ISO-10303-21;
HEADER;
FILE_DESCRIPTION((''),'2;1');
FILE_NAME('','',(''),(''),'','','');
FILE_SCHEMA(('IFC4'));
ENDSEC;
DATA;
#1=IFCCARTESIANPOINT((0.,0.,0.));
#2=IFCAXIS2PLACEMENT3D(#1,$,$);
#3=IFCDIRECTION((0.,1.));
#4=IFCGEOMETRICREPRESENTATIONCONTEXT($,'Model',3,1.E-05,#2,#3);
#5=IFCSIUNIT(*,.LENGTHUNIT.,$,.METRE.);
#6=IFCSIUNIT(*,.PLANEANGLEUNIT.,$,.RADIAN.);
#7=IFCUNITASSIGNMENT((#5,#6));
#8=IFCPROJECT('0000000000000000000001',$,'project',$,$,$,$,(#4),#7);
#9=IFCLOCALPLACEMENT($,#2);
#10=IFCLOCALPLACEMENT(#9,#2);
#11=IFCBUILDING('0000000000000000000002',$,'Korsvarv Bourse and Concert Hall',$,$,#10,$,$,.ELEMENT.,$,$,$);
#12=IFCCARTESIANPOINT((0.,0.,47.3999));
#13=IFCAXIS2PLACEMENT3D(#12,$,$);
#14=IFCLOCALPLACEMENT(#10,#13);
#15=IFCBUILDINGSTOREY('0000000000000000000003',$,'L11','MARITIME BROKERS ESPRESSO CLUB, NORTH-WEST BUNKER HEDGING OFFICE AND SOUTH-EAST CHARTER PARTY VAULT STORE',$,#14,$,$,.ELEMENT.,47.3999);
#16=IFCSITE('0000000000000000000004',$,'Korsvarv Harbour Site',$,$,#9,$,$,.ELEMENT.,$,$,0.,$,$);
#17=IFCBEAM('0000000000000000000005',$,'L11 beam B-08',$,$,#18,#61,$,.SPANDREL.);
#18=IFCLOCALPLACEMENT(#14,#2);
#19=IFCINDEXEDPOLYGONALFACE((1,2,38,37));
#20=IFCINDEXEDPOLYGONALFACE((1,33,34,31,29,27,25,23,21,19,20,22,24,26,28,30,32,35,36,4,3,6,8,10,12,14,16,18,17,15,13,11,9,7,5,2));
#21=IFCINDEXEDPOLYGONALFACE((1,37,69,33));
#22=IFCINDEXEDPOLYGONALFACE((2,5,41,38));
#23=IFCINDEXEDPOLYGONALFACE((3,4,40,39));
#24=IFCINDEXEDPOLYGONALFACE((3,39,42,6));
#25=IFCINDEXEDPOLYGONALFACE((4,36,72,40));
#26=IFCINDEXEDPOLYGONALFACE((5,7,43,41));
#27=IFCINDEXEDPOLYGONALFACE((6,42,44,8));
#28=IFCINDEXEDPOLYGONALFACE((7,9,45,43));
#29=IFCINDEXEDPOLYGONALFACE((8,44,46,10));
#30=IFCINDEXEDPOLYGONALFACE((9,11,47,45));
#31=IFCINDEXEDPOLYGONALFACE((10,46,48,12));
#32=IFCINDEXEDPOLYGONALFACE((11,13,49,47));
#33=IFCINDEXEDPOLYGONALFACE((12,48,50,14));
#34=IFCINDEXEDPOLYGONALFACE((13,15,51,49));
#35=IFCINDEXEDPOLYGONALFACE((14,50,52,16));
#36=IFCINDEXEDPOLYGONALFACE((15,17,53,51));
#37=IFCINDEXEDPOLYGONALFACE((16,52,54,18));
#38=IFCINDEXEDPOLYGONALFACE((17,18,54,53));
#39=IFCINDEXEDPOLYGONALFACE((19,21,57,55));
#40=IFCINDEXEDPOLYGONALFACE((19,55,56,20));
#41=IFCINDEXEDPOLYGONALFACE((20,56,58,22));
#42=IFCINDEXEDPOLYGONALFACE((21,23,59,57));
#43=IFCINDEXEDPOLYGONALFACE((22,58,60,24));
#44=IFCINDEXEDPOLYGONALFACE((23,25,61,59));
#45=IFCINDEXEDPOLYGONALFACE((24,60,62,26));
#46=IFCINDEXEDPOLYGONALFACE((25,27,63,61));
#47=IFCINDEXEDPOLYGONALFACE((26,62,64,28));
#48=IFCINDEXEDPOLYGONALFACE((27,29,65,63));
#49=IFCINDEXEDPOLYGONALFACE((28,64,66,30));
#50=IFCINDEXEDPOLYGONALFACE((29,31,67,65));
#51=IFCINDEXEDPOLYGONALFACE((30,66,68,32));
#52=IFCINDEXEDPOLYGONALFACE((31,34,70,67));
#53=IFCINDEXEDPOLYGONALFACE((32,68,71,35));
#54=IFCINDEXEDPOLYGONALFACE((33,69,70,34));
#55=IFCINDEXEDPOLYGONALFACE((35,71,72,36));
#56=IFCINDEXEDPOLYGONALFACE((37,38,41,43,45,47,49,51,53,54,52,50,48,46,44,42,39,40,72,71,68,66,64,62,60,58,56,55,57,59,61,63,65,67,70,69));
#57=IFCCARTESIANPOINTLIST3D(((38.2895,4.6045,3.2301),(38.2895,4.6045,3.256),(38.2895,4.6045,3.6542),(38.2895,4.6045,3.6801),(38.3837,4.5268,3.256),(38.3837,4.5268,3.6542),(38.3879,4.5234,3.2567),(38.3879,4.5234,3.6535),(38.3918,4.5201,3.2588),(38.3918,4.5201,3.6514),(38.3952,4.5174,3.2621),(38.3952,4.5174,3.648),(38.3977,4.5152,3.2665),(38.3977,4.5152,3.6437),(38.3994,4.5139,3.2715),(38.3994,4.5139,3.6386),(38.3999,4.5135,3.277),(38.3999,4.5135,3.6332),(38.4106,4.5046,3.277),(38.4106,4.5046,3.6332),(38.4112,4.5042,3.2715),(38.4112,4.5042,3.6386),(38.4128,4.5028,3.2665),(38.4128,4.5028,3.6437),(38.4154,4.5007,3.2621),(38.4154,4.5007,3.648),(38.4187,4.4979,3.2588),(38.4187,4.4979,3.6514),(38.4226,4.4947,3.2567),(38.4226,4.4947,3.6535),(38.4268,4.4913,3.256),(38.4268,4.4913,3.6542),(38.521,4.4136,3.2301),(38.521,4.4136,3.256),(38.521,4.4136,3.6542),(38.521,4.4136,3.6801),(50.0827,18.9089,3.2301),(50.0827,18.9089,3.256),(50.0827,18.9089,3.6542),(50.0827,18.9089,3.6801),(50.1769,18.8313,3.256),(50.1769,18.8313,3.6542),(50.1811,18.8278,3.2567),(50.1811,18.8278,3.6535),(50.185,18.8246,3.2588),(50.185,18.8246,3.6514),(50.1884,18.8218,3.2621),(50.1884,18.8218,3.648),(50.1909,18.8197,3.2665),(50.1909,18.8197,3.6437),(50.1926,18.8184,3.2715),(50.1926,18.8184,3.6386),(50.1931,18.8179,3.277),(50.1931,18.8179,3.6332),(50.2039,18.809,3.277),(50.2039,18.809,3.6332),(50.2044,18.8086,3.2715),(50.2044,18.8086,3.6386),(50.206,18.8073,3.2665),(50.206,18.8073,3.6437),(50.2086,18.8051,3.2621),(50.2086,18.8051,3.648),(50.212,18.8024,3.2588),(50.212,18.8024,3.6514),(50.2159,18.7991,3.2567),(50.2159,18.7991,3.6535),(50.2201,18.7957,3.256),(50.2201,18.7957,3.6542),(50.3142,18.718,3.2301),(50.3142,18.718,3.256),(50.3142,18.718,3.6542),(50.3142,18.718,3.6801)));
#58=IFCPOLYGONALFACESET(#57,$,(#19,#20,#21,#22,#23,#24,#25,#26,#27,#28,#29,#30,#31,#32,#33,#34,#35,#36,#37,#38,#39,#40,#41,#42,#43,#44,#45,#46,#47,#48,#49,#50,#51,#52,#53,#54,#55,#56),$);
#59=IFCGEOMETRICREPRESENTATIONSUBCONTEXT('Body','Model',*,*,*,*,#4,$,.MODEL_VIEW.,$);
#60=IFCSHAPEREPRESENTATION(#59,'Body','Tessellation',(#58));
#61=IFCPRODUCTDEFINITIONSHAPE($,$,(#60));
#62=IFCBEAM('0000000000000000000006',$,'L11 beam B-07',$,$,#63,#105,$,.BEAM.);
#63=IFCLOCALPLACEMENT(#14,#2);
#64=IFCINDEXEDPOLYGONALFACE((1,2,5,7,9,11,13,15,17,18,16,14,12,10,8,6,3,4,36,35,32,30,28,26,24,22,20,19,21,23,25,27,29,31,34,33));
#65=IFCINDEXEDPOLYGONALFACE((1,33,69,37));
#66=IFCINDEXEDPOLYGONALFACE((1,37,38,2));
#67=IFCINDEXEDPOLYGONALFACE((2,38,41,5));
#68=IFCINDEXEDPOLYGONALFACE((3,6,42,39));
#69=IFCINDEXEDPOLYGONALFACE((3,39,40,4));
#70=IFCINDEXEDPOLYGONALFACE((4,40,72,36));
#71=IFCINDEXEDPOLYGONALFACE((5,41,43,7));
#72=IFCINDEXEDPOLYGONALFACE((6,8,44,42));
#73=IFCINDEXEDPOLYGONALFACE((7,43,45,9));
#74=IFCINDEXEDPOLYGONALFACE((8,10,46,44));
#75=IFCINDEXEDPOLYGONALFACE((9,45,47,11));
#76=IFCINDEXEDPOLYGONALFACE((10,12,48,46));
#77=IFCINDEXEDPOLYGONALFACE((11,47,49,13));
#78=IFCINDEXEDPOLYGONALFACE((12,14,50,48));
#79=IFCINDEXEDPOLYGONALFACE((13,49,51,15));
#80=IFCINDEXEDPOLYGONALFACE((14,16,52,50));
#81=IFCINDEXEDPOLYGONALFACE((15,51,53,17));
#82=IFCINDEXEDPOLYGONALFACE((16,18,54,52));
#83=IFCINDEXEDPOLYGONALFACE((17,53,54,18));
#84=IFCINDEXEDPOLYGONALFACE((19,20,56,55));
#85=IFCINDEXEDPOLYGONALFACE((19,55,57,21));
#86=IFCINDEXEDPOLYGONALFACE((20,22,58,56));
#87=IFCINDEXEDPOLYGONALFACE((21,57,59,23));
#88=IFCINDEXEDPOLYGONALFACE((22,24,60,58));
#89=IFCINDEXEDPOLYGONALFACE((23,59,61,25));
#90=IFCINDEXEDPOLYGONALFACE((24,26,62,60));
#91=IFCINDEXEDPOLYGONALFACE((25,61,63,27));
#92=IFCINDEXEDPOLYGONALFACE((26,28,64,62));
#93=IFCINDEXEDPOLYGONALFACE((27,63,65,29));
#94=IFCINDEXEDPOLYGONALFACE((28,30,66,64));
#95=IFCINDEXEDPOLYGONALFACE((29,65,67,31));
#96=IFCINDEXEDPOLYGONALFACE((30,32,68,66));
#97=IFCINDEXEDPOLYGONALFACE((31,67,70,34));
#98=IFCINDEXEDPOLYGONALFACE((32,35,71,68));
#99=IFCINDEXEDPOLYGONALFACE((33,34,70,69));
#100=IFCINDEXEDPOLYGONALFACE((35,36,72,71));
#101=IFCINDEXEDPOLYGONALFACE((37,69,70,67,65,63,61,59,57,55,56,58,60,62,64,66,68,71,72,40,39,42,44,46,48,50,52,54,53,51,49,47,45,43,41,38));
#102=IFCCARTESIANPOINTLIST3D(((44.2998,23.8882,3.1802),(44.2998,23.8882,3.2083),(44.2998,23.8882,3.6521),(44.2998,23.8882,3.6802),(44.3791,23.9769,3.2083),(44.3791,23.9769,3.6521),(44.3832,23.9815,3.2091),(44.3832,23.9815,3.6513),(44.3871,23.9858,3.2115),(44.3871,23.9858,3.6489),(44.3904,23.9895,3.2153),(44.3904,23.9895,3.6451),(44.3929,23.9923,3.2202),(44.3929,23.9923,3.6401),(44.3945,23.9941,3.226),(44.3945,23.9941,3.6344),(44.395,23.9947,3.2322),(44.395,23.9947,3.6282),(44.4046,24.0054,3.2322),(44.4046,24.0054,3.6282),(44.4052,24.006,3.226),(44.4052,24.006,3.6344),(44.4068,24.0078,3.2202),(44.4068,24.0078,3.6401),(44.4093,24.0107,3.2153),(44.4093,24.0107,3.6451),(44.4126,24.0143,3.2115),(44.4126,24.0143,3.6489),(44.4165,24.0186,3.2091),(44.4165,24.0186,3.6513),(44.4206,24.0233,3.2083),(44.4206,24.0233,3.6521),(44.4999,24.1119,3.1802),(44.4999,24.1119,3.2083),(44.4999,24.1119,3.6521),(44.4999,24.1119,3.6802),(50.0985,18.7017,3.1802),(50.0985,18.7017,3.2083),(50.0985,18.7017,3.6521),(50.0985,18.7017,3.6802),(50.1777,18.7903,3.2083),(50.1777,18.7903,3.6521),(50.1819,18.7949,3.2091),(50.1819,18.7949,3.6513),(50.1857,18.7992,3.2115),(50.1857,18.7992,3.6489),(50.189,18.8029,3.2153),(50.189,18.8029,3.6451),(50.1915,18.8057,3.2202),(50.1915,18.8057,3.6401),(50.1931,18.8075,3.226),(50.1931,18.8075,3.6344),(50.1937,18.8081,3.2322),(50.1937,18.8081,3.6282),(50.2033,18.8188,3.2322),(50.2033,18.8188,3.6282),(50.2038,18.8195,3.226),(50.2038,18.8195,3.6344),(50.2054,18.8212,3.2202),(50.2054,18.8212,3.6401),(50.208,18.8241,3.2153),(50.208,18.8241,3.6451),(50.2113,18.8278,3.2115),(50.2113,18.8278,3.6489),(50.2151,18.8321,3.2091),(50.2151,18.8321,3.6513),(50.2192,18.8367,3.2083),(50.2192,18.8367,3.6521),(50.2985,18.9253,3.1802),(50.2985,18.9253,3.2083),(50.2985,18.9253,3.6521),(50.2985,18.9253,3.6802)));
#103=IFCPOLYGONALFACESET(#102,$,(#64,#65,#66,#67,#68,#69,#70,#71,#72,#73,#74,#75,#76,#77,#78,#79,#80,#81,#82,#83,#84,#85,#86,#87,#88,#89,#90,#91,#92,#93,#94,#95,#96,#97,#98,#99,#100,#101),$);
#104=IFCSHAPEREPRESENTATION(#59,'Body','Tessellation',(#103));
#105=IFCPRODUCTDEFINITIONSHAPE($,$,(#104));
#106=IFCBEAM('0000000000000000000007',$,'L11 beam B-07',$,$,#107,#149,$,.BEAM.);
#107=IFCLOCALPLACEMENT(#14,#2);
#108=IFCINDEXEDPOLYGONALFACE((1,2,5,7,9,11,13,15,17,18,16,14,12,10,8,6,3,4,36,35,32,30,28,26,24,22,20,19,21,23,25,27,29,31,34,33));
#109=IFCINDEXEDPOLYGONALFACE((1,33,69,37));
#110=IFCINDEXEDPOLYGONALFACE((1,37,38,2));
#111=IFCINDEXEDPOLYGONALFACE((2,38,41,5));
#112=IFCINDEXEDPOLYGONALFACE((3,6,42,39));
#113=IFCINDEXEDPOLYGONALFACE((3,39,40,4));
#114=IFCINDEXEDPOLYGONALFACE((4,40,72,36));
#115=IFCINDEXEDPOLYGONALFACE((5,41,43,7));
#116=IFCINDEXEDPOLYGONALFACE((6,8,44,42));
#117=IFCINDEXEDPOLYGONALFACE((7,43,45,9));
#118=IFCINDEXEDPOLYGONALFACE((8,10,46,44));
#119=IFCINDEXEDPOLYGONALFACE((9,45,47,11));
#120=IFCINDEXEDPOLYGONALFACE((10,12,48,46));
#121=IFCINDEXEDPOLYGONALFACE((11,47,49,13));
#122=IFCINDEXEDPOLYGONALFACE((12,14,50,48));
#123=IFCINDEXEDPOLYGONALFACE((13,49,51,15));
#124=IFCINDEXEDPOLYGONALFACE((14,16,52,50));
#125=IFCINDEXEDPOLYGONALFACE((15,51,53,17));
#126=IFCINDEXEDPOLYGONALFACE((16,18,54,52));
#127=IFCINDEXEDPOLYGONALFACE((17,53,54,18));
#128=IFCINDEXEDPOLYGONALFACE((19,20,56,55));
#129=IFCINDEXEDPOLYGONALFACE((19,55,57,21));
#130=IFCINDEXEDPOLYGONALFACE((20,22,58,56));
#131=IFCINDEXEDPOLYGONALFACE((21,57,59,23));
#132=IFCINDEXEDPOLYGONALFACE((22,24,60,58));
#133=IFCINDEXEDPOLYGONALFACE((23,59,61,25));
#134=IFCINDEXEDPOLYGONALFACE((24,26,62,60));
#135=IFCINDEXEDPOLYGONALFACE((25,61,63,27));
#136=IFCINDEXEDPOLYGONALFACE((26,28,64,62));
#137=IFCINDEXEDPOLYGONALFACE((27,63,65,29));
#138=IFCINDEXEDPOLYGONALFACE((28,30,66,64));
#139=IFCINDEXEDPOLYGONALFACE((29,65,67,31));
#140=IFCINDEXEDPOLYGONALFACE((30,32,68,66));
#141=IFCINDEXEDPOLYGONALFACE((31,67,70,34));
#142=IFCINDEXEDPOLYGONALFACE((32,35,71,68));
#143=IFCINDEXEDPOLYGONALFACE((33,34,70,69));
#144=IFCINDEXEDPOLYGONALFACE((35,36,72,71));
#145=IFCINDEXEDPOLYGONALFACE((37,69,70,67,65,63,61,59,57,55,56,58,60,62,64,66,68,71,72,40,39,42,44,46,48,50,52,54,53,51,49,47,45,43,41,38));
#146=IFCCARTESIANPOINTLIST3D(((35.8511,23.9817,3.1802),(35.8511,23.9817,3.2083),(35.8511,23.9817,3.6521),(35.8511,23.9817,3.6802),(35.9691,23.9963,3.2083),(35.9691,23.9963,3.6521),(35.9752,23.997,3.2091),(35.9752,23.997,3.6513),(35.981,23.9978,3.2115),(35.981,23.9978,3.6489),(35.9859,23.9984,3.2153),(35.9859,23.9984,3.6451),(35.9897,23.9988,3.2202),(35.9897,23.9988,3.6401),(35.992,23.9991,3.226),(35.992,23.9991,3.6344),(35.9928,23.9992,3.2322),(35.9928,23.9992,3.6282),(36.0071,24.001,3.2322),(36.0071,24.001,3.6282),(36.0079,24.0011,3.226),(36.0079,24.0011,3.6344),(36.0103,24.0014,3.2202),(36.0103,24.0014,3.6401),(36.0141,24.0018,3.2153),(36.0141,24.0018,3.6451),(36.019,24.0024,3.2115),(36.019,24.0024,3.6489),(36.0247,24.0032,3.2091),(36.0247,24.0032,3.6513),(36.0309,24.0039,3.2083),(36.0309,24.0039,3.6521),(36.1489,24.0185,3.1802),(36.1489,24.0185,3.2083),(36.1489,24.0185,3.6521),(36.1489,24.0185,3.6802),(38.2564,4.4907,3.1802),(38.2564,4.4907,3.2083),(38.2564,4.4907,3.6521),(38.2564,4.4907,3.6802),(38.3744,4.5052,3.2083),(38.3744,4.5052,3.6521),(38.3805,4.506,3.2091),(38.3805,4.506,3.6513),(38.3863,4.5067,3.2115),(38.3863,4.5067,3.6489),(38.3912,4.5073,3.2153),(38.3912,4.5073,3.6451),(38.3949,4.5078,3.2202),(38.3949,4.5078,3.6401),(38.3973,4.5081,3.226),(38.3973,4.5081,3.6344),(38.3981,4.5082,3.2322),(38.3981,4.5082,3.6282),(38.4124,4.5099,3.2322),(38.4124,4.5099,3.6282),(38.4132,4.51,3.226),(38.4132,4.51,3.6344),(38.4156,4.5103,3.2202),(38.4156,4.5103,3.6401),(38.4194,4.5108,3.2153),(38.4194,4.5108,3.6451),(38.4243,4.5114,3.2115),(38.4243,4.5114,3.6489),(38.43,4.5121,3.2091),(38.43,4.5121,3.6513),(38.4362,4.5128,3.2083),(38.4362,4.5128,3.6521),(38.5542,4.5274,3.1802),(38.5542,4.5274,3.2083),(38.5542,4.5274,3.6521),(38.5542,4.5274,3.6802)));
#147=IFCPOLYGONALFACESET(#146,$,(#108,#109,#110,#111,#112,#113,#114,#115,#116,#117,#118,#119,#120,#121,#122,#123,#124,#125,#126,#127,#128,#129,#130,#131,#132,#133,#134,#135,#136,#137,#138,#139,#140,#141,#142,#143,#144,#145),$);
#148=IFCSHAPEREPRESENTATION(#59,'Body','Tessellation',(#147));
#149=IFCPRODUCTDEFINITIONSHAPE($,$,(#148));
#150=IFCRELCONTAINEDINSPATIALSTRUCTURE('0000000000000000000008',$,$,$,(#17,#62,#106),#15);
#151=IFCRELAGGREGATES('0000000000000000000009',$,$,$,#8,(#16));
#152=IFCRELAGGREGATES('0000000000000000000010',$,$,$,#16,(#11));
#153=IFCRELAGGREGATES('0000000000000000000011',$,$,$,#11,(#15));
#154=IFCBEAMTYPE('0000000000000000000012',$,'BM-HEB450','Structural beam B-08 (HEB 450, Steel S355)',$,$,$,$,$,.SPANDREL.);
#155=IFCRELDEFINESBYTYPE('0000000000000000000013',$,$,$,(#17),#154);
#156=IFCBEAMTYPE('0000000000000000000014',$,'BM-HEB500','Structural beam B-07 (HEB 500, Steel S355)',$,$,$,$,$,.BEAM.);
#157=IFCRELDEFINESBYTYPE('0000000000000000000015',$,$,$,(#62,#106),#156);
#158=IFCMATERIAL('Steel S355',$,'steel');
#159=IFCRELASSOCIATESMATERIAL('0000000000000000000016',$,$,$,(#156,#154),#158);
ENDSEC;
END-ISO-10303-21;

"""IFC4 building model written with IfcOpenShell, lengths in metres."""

from ifc_helpers import new_model, si_unit, direction, frame, origin, origin_2d, place, context, subcontext, project, spatial, i_section, extrude, source, transform, mapped, material, material_profile, profile_set, type_object, element, save


model = new_model("IFC4")

# Units and contexts
model_context = context("Model", 3, precision=1e-05, world=origin(), true_north=direction((0.0, 1.0)))
body_context = subcontext(model_context, "Body", "Model", "MODEL_VIEW")
ifc_project = project(units=[si_unit("LENGTHUNIT", "METRE"), si_unit("PLANEANGLEUNIT", "RADIAN")], contexts=[model_context])

# Site, building, storey
site_placement = place(None, origin())
site = spatial("IfcSite", under=ifc_project, at=site_placement, Name="Korsvarv Harbour Site", CompositionType="ELEMENT", RefElevation=0.0)
building_placement = place(site_placement, origin())
building = spatial("IfcBuilding", under=site, at=building_placement, Name="Korsvarv Bourse and Concert Hall", CompositionType="ELEMENT")
storey_placement = place(building_placement, frame((0.0, 0.0, 47.3999)))
storey = spatial("IfcBuildingStorey", under=building, at=storey_placement, Name="L11", Description="MARITIME BROKERS ESPRESSO CLUB, NORTH-WEST BUNKER HEDGING OFFICE AND SOUTH-EAST CHARTER PARTY VAULT STORE", CompositionType="ELEMENT", Elevation=47.3999)

# Beams
ifc_material_1 = material(Name="Steel S355", Category="steel")
ifc_material_profile_1 = material_profile(ifc_material_1, i_section(OverallWidth=0.3, OverallDepth=0.5, WebThickness=0.0144, FlangeThickness=0.0281, FilletRadius=0.0239, at=origin_2d()), Name="HEB 500")
ifc_profile_set_1 = profile_set([ifc_material_profile_1], Name="Steel S355")
beam_type_1 = type_object("IfcBeamType", Name="BM-HEB500", Description="Structural beam B-07 (HEB 500, Steel S355)", PredefinedType="BEAM", material=ifc_profile_set_1)
ifc_material_profile_2 = material_profile(ifc_material_1, i_section(OverallWidth=0.3, OverallDepth=0.45, WebThickness=0.0139, FlangeThickness=0.0259, FilletRadius=0.021, at=origin_2d()), Name="HEB 450")
ifc_profile_set_2 = profile_set([ifc_material_profile_2], Name="Steel S355")
beam_type_2 = type_object("IfcBeamType", Name="BM-HEB450", Description="Structural beam B-08 (HEB 450, Steel S355)", PredefinedType="SPANDREL", material=ifc_profile_set_2)
shared_shape_1 = source(origin(), body_context, "Body", "SweptSolid", [
    extrude(i_section(OverallWidth=0.3, OverallDepth=0.45, WebThickness=0.0139, FlangeThickness=0.0259, FilletRadius=0.021, at=origin_2d()), origin(), (0.0, 0.0, 1.0), 18.5391),
])
beam_1_placement = place(storey_placement, frame((38.4053, 4.509, 3.4551), z_axis=(0.636128, 0.771584, 0.0), x_axis=(-0.771584, 0.636128, 0.0)))
element("IfcBeam", 1, at=beam_1_placement, inside=storey, type_object=beam_type_2, Name="L11 beam B-08", PredefinedType="SPANDREL", context=body_context, shape_type="MappedRepresentation", body=[
    mapped(shared_shape_1, transform((0.0, 0.0, 0.0), scale=1.0)),
])
shared_shape_2 = source(origin(), body_context, "Body", "SweptSolid", [
    extrude(i_section(OverallWidth=0.3, OverallDepth=0.5, WebThickness=0.0144, FlangeThickness=0.0281, FilletRadius=0.0239, at=origin_2d()), origin(), (0.0, 0.0, 1.0), 7.7798),
])
beam_2_placement = place(storey_placement, frame((50.1985, 18.8135, 3.4302), z_axis=(-0.745349, 0.666675, 0.0), x_axis=(-0.666675, -0.745349, 0.0)))
element("IfcBeam", 2, at=beam_2_placement, inside=storey, type_object=beam_type_1, Name="L11 beam B-07", PredefinedType="BEAM", context=body_context, shape_type="MappedRepresentation", body=[
    mapped(shared_shape_2, transform((0.0, 0.0, 0.0), scale=1.0)),
])
shared_shape_3 = source(origin(), body_context, "Body", "SweptSolid", [
    extrude(i_section(OverallWidth=0.3, OverallDepth=0.5, WebThickness=0.0144, FlangeThickness=0.0281, FilletRadius=0.0239, at=origin_2d()), origin(), (0.0, 0.0, 1.0), 19.6389),
])
beam_3_placement = place(storey_placement, frame((38.4053, 4.509, 3.4302), z_axis=(-0.122475, 0.992472, 0.0), x_axis=(-0.992472, -0.122475, 0.0)))
element("IfcBeam", 3, at=beam_3_placement, inside=storey, type_object=beam_type_1, Name="L11 beam B-07", PredefinedType="BEAM", context=body_context, shape_type="MappedRepresentation", body=[
    mapped(shared_shape_3, transform((0.0, 0.0, 0.0), scale=1.0)),
])

save(model, "model.ifc")
